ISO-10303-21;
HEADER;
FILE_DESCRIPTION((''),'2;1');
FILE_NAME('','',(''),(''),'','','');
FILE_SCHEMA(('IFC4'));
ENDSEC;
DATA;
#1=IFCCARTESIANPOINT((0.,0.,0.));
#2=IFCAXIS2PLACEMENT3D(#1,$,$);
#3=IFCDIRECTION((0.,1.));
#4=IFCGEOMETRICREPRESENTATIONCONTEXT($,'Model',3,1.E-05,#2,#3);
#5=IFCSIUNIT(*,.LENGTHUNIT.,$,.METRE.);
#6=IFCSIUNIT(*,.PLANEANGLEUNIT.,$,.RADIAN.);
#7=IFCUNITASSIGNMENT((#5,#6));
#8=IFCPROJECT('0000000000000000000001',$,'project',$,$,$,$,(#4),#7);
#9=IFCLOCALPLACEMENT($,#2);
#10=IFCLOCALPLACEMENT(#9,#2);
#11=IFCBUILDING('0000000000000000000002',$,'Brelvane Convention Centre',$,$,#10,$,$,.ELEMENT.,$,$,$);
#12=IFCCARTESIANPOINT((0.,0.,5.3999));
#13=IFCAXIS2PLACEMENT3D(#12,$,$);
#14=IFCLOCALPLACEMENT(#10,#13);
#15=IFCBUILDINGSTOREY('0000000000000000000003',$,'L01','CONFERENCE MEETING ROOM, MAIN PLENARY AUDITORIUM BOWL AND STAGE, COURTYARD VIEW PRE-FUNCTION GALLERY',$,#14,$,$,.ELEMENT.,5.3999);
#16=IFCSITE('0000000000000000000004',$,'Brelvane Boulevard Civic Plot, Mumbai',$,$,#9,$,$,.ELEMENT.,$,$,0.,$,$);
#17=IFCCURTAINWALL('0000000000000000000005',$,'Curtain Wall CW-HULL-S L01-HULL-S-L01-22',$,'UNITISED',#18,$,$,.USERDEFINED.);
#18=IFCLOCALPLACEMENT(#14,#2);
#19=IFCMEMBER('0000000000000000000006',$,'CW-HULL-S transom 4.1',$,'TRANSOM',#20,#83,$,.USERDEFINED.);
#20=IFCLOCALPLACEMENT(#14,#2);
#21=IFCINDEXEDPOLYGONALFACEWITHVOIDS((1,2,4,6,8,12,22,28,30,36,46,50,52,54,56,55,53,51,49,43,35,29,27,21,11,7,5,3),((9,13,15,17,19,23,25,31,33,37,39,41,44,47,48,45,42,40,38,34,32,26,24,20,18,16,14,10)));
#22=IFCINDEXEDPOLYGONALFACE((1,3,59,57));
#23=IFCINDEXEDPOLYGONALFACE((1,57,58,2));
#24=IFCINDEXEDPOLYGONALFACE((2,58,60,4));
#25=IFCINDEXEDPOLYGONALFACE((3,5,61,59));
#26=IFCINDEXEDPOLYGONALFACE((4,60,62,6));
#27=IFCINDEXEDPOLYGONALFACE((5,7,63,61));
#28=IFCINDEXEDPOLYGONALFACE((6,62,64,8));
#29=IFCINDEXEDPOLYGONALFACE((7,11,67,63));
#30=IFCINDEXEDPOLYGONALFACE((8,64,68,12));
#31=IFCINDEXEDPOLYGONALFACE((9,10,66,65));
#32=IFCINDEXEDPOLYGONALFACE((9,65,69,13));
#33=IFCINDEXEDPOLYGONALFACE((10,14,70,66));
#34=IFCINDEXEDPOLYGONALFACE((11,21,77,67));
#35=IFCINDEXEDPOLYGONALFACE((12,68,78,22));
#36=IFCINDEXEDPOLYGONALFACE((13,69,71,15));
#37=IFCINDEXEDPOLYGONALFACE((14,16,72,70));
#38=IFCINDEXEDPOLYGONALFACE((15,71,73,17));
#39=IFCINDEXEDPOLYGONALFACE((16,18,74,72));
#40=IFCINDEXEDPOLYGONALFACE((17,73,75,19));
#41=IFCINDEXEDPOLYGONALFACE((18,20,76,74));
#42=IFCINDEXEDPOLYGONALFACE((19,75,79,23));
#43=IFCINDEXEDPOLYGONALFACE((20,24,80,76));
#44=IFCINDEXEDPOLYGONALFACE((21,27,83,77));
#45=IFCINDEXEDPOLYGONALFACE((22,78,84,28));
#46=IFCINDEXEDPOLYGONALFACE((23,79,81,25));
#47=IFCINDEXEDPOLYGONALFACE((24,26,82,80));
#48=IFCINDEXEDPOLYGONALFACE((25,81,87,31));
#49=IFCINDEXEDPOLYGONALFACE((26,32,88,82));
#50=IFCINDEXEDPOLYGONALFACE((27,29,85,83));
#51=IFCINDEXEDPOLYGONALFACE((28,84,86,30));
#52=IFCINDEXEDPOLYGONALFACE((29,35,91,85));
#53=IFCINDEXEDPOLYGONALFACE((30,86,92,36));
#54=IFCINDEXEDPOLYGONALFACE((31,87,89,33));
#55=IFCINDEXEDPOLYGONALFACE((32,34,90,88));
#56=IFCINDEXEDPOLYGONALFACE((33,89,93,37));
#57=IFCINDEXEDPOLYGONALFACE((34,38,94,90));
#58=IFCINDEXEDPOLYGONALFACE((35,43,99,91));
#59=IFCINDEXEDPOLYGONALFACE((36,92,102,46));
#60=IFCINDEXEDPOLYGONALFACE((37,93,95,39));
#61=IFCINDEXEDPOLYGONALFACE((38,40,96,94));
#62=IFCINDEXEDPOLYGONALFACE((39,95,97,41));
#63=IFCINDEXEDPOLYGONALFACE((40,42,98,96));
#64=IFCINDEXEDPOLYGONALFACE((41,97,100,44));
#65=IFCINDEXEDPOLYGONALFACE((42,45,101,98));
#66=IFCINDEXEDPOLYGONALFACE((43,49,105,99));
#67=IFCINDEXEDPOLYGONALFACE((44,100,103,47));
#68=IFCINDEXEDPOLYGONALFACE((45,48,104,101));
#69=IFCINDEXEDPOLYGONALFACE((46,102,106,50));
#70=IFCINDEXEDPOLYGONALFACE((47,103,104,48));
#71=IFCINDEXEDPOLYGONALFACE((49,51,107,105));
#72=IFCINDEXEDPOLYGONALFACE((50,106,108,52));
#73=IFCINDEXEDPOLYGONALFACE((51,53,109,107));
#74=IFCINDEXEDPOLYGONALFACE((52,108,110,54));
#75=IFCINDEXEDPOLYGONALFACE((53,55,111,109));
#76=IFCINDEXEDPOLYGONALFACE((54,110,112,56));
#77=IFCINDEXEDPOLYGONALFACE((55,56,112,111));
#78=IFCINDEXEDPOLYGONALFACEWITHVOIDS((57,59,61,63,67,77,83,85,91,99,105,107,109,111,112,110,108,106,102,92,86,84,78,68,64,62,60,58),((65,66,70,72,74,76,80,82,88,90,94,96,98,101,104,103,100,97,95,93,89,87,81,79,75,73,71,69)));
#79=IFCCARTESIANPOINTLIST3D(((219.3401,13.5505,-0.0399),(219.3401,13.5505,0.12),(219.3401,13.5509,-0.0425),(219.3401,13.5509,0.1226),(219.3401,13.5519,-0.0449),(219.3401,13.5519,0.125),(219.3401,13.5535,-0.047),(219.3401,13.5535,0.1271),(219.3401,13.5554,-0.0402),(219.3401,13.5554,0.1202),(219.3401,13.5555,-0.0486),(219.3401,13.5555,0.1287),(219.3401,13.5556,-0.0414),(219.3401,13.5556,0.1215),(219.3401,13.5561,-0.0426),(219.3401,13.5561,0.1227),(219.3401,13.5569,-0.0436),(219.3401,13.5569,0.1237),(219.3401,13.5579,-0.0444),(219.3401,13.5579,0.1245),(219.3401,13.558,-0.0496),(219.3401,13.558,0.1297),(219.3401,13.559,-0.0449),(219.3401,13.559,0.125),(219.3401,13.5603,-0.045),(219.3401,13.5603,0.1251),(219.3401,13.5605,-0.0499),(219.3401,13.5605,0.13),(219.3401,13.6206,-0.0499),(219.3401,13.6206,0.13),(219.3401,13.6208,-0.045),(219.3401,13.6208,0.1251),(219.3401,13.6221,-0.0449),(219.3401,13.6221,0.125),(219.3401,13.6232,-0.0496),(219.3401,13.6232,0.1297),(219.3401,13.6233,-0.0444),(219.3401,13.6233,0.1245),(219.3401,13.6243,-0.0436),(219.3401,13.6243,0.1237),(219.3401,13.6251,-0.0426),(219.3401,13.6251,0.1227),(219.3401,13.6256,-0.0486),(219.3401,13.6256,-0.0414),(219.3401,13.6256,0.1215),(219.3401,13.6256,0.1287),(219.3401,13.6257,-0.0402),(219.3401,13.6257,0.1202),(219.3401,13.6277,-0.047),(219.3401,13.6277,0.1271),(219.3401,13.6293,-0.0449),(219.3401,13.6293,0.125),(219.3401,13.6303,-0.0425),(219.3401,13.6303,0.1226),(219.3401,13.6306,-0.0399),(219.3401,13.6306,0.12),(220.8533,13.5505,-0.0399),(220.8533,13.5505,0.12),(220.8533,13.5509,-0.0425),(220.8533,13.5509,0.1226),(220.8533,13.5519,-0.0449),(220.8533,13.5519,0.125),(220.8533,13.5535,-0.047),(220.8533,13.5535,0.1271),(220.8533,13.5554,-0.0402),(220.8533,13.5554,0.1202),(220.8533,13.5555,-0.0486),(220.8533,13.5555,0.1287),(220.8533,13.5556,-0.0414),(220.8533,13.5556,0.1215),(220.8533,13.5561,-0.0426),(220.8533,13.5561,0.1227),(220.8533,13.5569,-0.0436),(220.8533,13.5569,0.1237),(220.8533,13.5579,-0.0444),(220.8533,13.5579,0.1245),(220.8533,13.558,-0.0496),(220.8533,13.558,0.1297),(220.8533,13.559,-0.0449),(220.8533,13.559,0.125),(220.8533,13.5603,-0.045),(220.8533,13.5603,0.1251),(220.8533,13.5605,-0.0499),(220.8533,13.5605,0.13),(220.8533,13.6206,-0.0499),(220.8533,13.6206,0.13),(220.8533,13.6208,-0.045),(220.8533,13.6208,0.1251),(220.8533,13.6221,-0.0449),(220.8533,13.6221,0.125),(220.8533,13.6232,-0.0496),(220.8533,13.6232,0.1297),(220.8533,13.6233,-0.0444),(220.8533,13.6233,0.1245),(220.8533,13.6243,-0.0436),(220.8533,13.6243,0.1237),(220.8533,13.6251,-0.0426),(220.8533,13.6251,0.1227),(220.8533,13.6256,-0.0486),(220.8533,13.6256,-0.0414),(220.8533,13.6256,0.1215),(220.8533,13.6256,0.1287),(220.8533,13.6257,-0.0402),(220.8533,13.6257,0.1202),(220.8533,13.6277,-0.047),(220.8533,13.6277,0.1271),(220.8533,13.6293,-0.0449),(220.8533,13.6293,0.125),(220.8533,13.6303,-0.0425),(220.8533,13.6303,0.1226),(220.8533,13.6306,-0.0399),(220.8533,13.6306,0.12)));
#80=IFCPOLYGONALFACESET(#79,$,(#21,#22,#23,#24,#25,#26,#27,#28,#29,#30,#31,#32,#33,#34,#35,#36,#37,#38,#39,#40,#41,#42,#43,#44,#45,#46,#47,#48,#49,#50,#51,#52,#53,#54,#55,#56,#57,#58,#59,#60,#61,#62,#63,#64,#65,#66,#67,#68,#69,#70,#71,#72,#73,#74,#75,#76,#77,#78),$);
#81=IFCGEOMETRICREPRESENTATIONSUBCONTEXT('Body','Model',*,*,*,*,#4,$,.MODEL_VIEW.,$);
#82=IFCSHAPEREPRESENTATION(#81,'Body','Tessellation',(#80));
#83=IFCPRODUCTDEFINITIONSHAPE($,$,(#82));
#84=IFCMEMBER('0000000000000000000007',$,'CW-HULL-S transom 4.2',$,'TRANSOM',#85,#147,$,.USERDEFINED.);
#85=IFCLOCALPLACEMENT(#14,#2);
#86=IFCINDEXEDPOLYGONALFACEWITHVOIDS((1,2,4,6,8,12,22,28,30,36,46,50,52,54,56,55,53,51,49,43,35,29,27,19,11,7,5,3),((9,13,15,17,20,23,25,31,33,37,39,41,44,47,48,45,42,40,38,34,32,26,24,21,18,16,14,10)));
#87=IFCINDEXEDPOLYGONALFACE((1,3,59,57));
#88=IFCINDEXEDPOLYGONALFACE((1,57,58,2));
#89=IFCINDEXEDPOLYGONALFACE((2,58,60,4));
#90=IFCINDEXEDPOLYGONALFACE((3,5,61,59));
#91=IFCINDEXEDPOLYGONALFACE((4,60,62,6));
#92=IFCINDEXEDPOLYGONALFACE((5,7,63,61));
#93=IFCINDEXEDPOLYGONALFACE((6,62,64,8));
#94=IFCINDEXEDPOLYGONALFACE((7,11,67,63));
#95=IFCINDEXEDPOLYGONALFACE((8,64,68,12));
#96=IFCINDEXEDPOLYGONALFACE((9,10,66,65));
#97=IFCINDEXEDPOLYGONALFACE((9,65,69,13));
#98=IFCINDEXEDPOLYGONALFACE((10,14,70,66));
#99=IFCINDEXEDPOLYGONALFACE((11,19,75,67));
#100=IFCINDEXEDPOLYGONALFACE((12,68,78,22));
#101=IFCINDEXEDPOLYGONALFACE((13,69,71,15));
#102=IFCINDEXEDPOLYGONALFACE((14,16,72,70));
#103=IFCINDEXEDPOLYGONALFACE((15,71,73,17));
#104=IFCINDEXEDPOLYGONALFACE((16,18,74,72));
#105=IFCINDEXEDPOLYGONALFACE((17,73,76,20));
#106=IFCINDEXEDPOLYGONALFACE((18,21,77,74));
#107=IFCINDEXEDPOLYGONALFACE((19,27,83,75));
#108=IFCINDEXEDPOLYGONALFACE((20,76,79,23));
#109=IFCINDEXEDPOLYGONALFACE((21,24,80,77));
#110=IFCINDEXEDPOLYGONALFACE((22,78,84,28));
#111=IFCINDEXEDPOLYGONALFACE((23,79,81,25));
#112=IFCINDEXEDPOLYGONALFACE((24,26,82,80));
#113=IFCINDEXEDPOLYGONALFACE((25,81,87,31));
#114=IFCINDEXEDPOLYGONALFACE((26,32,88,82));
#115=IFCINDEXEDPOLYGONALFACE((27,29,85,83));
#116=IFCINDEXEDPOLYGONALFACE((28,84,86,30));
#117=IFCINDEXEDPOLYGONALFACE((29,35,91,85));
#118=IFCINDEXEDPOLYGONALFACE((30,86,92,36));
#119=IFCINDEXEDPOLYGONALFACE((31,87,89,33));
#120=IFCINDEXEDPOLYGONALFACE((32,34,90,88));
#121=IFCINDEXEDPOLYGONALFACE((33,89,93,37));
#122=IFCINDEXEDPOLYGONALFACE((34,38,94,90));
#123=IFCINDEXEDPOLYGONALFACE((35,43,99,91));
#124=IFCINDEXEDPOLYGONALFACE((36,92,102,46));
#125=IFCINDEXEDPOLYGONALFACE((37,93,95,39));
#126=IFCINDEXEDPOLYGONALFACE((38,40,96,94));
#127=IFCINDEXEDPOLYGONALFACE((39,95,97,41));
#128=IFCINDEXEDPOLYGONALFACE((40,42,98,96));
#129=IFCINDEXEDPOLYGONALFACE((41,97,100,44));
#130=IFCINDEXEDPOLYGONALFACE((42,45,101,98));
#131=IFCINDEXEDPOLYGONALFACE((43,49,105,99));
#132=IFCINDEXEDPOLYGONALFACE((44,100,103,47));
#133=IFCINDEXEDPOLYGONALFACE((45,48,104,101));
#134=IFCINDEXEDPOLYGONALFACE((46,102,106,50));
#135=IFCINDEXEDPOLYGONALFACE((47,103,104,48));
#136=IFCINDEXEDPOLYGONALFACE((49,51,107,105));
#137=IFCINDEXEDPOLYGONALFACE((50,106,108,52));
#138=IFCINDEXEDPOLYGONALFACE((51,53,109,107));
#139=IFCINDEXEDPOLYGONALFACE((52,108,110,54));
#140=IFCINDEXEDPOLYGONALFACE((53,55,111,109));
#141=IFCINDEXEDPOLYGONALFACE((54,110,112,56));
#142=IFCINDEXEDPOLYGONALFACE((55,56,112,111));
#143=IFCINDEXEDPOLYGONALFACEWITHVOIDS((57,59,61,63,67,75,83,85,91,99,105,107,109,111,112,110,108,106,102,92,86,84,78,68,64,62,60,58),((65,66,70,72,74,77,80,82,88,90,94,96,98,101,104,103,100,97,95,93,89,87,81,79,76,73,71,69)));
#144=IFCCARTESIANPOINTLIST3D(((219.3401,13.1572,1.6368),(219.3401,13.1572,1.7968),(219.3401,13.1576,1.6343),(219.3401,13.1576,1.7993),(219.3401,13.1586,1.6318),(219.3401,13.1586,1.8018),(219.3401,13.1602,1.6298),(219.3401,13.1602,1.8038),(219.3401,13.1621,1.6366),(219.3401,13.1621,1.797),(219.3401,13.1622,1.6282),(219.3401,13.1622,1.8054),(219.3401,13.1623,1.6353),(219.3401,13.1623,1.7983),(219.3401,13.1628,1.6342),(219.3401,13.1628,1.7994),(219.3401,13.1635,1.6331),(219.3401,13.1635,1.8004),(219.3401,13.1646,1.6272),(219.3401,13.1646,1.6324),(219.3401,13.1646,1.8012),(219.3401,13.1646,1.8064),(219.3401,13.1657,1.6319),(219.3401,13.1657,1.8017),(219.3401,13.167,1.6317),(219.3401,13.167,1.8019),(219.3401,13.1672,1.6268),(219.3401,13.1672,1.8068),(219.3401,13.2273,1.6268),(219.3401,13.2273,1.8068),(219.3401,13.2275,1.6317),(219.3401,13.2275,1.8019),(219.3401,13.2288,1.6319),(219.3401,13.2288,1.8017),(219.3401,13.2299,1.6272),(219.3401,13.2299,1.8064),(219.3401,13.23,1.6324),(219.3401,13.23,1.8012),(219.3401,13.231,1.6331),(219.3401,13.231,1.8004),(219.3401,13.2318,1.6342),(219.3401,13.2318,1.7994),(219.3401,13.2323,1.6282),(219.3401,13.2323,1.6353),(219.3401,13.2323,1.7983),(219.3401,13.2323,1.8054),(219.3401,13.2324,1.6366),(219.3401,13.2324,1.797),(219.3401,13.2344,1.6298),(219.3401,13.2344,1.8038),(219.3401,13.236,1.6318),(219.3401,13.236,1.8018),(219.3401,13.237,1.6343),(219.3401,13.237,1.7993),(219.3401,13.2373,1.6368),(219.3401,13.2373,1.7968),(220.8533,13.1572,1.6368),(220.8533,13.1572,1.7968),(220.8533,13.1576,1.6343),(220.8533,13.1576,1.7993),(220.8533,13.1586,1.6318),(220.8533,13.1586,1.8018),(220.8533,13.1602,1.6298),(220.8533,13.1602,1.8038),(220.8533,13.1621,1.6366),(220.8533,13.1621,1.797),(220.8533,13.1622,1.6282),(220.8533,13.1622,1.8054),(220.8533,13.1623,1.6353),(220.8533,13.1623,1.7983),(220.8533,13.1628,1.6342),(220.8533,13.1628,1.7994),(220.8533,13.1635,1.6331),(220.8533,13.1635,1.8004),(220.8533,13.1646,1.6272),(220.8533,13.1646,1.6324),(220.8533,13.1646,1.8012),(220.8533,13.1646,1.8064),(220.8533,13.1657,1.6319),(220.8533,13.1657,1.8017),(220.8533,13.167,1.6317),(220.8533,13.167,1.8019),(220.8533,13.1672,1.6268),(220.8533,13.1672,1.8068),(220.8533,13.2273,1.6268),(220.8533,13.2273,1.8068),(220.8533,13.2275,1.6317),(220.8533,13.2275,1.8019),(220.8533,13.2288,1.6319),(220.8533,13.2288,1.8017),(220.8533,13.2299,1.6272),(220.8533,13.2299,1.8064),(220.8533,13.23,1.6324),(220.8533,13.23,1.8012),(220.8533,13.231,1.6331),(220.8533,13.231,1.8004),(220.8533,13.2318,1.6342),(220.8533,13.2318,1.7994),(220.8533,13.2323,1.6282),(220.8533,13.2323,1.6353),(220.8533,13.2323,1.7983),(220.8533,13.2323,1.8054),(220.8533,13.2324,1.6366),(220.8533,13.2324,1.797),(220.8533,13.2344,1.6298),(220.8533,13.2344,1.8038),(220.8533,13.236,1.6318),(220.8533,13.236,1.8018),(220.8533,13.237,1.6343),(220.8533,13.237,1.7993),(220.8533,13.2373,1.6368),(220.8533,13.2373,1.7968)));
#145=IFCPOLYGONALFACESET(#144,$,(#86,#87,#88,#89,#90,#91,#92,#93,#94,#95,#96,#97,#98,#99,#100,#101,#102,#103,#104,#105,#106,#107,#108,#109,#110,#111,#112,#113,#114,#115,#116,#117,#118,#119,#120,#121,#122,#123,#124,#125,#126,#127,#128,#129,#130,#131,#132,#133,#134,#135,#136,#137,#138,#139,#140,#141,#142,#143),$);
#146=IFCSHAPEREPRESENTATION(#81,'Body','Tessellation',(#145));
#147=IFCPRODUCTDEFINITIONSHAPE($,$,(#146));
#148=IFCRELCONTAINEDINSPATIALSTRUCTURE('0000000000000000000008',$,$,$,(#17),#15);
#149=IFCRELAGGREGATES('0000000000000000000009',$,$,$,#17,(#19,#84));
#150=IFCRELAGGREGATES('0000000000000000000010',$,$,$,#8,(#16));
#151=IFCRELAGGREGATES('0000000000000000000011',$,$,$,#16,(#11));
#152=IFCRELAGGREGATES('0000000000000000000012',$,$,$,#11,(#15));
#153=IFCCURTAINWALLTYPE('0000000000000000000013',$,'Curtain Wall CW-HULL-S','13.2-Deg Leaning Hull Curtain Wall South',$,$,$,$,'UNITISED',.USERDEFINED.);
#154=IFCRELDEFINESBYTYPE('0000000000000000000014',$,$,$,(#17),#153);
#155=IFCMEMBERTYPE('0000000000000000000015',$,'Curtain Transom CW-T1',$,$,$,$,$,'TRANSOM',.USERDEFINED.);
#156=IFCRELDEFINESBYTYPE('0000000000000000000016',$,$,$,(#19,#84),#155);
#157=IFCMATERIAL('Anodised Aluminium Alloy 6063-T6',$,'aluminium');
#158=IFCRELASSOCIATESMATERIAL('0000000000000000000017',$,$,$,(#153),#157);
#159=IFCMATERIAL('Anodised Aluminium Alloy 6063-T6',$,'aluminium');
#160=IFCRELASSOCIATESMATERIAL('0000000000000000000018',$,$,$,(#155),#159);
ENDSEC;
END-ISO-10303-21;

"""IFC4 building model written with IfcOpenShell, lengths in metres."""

from ifc_helpers import new_model, si_unit, direction, frame, origin, origin_2d, place, context, subcontext, project, spatial, hollow_rectangle, extrude, material, material_profile, profile_set, type_object, element, aggregate, save


model = new_model("IFC4")

# Units and contexts
model_context = context("Model", 3, precision=1e-05, world=origin(), true_north=direction((0.0, 1.0)))
body_context = subcontext(model_context, "Body", "Model", "MODEL_VIEW")
ifc_project = project(units=[si_unit("LENGTHUNIT", "METRE"), si_unit("PLANEANGLEUNIT", "RADIAN")], contexts=[model_context])

# Site, building, storey
site_placement = place(None, origin())
site = spatial("IfcSite", under=ifc_project, at=site_placement, Name="Brelvane Boulevard Civic Plot, Mumbai", CompositionType="ELEMENT", RefElevation=0.0)
building_placement = place(site_placement, origin())
building = spatial("IfcBuilding", under=site, at=building_placement, Name="Brelvane Convention Centre", CompositionType="ELEMENT")
storey_placement = place(building_placement, frame((0.0, 0.0, 5.3999)))
storey = spatial("IfcBuildingStorey", under=building, at=storey_placement, Name="L01", Description="CONFERENCE MEETING ROOM, MAIN PLENARY AUDITORIUM BOWL AND STAGE, COURTYARD VIEW PRE-FUNCTION GALLERY", CompositionType="ELEMENT", Elevation=5.3999)

# Curtain wall
ifc_material_1 = material(Name="Anodised Aluminium Alloy 6063-T6", Category="aluminium")
curtain_wall_type_1 = type_object("IfcCurtainWallType", Name="Curtain Wall CW-HULL-S", Description="13.2-Deg Leaning Hull Curtain Wall South", ElementType="UNITISED", PredefinedType="USERDEFINED", material=ifc_material_1)
curtain_wall_1_placement = place(storey_placement, origin())
curtain_wall_1 = element("IfcCurtainWall", 1, at=curtain_wall_1_placement, inside=storey, type_object=curtain_wall_type_1, Name="Curtain Wall CW-HULL-S L01-HULL-S-L01-22", ObjectType="UNITISED", PredefinedType="USERDEFINED")

# Members
ifc_material_2 = material(Name="Anodised Aluminium Alloy 6063-T6", Category="aluminium")
ifc_material_profile_1 = material_profile(ifc_material_2, hollow_rectangle(XDim=0.0801, YDim=0.1799, WallThickness=0.0049, InnerFilletRadius=0.0049, OuterFilletRadius=0.01, at=origin_2d()), Name="ALU-T 180x80x5.0")
ifc_profile_set_1 = profile_set([ifc_material_profile_1], Name="Anodised Aluminium Alloy 6063-T6")
member_type_1 = type_object("IfcMemberType", Name="Curtain Transom CW-T1", ElementType="TRANSOM", PredefinedType="USERDEFINED", material=ifc_profile_set_1)
member_1_placement = place(storey_placement, frame((219.3401, 13.5906, 0.04), z_axis=(1.0, 0.0, 0.0), x_axis=(0.0, 1.0, 0.0)))
member_1 = element("IfcMember", 2, at=member_1_placement, type_object=member_type_1, Name="CW-HULL-S transom 4.1", ObjectType="TRANSOM", PredefinedType="USERDEFINED", context=body_context, shape_type="SweptSolid", body=[
    extrude(hollow_rectangle(XDim=0.0801, YDim=0.1799, WallThickness=0.0049, InnerFilletRadius=0.0049, OuterFilletRadius=0.01, at=origin_2d()), origin(), (0.0, 0.0, 1.0), 1.5132),
])
member_2_placement = place(storey_placement, frame((219.3401, 13.1973, 1.7168), z_axis=(1.0, 0.0, 0.0), x_axis=(0.0, 1.0, 0.0)))
member_2 = element("IfcMember", 3, at=member_2_placement, type_object=member_type_1, Name="CW-HULL-S transom 4.2", ObjectType="TRANSOM", PredefinedType="USERDEFINED", context=body_context, shape_type="SweptSolid", body=[
    extrude(hollow_rectangle(XDim=0.0801, YDim=0.1799, WallThickness=0.0049, InnerFilletRadius=0.0049, OuterFilletRadius=0.01, at=origin_2d()), origin(), (0.0, 0.0, 1.0), 1.5132),
])

aggregate(curtain_wall_1, [member_1, member_2])

save(model, "model.ifc")
